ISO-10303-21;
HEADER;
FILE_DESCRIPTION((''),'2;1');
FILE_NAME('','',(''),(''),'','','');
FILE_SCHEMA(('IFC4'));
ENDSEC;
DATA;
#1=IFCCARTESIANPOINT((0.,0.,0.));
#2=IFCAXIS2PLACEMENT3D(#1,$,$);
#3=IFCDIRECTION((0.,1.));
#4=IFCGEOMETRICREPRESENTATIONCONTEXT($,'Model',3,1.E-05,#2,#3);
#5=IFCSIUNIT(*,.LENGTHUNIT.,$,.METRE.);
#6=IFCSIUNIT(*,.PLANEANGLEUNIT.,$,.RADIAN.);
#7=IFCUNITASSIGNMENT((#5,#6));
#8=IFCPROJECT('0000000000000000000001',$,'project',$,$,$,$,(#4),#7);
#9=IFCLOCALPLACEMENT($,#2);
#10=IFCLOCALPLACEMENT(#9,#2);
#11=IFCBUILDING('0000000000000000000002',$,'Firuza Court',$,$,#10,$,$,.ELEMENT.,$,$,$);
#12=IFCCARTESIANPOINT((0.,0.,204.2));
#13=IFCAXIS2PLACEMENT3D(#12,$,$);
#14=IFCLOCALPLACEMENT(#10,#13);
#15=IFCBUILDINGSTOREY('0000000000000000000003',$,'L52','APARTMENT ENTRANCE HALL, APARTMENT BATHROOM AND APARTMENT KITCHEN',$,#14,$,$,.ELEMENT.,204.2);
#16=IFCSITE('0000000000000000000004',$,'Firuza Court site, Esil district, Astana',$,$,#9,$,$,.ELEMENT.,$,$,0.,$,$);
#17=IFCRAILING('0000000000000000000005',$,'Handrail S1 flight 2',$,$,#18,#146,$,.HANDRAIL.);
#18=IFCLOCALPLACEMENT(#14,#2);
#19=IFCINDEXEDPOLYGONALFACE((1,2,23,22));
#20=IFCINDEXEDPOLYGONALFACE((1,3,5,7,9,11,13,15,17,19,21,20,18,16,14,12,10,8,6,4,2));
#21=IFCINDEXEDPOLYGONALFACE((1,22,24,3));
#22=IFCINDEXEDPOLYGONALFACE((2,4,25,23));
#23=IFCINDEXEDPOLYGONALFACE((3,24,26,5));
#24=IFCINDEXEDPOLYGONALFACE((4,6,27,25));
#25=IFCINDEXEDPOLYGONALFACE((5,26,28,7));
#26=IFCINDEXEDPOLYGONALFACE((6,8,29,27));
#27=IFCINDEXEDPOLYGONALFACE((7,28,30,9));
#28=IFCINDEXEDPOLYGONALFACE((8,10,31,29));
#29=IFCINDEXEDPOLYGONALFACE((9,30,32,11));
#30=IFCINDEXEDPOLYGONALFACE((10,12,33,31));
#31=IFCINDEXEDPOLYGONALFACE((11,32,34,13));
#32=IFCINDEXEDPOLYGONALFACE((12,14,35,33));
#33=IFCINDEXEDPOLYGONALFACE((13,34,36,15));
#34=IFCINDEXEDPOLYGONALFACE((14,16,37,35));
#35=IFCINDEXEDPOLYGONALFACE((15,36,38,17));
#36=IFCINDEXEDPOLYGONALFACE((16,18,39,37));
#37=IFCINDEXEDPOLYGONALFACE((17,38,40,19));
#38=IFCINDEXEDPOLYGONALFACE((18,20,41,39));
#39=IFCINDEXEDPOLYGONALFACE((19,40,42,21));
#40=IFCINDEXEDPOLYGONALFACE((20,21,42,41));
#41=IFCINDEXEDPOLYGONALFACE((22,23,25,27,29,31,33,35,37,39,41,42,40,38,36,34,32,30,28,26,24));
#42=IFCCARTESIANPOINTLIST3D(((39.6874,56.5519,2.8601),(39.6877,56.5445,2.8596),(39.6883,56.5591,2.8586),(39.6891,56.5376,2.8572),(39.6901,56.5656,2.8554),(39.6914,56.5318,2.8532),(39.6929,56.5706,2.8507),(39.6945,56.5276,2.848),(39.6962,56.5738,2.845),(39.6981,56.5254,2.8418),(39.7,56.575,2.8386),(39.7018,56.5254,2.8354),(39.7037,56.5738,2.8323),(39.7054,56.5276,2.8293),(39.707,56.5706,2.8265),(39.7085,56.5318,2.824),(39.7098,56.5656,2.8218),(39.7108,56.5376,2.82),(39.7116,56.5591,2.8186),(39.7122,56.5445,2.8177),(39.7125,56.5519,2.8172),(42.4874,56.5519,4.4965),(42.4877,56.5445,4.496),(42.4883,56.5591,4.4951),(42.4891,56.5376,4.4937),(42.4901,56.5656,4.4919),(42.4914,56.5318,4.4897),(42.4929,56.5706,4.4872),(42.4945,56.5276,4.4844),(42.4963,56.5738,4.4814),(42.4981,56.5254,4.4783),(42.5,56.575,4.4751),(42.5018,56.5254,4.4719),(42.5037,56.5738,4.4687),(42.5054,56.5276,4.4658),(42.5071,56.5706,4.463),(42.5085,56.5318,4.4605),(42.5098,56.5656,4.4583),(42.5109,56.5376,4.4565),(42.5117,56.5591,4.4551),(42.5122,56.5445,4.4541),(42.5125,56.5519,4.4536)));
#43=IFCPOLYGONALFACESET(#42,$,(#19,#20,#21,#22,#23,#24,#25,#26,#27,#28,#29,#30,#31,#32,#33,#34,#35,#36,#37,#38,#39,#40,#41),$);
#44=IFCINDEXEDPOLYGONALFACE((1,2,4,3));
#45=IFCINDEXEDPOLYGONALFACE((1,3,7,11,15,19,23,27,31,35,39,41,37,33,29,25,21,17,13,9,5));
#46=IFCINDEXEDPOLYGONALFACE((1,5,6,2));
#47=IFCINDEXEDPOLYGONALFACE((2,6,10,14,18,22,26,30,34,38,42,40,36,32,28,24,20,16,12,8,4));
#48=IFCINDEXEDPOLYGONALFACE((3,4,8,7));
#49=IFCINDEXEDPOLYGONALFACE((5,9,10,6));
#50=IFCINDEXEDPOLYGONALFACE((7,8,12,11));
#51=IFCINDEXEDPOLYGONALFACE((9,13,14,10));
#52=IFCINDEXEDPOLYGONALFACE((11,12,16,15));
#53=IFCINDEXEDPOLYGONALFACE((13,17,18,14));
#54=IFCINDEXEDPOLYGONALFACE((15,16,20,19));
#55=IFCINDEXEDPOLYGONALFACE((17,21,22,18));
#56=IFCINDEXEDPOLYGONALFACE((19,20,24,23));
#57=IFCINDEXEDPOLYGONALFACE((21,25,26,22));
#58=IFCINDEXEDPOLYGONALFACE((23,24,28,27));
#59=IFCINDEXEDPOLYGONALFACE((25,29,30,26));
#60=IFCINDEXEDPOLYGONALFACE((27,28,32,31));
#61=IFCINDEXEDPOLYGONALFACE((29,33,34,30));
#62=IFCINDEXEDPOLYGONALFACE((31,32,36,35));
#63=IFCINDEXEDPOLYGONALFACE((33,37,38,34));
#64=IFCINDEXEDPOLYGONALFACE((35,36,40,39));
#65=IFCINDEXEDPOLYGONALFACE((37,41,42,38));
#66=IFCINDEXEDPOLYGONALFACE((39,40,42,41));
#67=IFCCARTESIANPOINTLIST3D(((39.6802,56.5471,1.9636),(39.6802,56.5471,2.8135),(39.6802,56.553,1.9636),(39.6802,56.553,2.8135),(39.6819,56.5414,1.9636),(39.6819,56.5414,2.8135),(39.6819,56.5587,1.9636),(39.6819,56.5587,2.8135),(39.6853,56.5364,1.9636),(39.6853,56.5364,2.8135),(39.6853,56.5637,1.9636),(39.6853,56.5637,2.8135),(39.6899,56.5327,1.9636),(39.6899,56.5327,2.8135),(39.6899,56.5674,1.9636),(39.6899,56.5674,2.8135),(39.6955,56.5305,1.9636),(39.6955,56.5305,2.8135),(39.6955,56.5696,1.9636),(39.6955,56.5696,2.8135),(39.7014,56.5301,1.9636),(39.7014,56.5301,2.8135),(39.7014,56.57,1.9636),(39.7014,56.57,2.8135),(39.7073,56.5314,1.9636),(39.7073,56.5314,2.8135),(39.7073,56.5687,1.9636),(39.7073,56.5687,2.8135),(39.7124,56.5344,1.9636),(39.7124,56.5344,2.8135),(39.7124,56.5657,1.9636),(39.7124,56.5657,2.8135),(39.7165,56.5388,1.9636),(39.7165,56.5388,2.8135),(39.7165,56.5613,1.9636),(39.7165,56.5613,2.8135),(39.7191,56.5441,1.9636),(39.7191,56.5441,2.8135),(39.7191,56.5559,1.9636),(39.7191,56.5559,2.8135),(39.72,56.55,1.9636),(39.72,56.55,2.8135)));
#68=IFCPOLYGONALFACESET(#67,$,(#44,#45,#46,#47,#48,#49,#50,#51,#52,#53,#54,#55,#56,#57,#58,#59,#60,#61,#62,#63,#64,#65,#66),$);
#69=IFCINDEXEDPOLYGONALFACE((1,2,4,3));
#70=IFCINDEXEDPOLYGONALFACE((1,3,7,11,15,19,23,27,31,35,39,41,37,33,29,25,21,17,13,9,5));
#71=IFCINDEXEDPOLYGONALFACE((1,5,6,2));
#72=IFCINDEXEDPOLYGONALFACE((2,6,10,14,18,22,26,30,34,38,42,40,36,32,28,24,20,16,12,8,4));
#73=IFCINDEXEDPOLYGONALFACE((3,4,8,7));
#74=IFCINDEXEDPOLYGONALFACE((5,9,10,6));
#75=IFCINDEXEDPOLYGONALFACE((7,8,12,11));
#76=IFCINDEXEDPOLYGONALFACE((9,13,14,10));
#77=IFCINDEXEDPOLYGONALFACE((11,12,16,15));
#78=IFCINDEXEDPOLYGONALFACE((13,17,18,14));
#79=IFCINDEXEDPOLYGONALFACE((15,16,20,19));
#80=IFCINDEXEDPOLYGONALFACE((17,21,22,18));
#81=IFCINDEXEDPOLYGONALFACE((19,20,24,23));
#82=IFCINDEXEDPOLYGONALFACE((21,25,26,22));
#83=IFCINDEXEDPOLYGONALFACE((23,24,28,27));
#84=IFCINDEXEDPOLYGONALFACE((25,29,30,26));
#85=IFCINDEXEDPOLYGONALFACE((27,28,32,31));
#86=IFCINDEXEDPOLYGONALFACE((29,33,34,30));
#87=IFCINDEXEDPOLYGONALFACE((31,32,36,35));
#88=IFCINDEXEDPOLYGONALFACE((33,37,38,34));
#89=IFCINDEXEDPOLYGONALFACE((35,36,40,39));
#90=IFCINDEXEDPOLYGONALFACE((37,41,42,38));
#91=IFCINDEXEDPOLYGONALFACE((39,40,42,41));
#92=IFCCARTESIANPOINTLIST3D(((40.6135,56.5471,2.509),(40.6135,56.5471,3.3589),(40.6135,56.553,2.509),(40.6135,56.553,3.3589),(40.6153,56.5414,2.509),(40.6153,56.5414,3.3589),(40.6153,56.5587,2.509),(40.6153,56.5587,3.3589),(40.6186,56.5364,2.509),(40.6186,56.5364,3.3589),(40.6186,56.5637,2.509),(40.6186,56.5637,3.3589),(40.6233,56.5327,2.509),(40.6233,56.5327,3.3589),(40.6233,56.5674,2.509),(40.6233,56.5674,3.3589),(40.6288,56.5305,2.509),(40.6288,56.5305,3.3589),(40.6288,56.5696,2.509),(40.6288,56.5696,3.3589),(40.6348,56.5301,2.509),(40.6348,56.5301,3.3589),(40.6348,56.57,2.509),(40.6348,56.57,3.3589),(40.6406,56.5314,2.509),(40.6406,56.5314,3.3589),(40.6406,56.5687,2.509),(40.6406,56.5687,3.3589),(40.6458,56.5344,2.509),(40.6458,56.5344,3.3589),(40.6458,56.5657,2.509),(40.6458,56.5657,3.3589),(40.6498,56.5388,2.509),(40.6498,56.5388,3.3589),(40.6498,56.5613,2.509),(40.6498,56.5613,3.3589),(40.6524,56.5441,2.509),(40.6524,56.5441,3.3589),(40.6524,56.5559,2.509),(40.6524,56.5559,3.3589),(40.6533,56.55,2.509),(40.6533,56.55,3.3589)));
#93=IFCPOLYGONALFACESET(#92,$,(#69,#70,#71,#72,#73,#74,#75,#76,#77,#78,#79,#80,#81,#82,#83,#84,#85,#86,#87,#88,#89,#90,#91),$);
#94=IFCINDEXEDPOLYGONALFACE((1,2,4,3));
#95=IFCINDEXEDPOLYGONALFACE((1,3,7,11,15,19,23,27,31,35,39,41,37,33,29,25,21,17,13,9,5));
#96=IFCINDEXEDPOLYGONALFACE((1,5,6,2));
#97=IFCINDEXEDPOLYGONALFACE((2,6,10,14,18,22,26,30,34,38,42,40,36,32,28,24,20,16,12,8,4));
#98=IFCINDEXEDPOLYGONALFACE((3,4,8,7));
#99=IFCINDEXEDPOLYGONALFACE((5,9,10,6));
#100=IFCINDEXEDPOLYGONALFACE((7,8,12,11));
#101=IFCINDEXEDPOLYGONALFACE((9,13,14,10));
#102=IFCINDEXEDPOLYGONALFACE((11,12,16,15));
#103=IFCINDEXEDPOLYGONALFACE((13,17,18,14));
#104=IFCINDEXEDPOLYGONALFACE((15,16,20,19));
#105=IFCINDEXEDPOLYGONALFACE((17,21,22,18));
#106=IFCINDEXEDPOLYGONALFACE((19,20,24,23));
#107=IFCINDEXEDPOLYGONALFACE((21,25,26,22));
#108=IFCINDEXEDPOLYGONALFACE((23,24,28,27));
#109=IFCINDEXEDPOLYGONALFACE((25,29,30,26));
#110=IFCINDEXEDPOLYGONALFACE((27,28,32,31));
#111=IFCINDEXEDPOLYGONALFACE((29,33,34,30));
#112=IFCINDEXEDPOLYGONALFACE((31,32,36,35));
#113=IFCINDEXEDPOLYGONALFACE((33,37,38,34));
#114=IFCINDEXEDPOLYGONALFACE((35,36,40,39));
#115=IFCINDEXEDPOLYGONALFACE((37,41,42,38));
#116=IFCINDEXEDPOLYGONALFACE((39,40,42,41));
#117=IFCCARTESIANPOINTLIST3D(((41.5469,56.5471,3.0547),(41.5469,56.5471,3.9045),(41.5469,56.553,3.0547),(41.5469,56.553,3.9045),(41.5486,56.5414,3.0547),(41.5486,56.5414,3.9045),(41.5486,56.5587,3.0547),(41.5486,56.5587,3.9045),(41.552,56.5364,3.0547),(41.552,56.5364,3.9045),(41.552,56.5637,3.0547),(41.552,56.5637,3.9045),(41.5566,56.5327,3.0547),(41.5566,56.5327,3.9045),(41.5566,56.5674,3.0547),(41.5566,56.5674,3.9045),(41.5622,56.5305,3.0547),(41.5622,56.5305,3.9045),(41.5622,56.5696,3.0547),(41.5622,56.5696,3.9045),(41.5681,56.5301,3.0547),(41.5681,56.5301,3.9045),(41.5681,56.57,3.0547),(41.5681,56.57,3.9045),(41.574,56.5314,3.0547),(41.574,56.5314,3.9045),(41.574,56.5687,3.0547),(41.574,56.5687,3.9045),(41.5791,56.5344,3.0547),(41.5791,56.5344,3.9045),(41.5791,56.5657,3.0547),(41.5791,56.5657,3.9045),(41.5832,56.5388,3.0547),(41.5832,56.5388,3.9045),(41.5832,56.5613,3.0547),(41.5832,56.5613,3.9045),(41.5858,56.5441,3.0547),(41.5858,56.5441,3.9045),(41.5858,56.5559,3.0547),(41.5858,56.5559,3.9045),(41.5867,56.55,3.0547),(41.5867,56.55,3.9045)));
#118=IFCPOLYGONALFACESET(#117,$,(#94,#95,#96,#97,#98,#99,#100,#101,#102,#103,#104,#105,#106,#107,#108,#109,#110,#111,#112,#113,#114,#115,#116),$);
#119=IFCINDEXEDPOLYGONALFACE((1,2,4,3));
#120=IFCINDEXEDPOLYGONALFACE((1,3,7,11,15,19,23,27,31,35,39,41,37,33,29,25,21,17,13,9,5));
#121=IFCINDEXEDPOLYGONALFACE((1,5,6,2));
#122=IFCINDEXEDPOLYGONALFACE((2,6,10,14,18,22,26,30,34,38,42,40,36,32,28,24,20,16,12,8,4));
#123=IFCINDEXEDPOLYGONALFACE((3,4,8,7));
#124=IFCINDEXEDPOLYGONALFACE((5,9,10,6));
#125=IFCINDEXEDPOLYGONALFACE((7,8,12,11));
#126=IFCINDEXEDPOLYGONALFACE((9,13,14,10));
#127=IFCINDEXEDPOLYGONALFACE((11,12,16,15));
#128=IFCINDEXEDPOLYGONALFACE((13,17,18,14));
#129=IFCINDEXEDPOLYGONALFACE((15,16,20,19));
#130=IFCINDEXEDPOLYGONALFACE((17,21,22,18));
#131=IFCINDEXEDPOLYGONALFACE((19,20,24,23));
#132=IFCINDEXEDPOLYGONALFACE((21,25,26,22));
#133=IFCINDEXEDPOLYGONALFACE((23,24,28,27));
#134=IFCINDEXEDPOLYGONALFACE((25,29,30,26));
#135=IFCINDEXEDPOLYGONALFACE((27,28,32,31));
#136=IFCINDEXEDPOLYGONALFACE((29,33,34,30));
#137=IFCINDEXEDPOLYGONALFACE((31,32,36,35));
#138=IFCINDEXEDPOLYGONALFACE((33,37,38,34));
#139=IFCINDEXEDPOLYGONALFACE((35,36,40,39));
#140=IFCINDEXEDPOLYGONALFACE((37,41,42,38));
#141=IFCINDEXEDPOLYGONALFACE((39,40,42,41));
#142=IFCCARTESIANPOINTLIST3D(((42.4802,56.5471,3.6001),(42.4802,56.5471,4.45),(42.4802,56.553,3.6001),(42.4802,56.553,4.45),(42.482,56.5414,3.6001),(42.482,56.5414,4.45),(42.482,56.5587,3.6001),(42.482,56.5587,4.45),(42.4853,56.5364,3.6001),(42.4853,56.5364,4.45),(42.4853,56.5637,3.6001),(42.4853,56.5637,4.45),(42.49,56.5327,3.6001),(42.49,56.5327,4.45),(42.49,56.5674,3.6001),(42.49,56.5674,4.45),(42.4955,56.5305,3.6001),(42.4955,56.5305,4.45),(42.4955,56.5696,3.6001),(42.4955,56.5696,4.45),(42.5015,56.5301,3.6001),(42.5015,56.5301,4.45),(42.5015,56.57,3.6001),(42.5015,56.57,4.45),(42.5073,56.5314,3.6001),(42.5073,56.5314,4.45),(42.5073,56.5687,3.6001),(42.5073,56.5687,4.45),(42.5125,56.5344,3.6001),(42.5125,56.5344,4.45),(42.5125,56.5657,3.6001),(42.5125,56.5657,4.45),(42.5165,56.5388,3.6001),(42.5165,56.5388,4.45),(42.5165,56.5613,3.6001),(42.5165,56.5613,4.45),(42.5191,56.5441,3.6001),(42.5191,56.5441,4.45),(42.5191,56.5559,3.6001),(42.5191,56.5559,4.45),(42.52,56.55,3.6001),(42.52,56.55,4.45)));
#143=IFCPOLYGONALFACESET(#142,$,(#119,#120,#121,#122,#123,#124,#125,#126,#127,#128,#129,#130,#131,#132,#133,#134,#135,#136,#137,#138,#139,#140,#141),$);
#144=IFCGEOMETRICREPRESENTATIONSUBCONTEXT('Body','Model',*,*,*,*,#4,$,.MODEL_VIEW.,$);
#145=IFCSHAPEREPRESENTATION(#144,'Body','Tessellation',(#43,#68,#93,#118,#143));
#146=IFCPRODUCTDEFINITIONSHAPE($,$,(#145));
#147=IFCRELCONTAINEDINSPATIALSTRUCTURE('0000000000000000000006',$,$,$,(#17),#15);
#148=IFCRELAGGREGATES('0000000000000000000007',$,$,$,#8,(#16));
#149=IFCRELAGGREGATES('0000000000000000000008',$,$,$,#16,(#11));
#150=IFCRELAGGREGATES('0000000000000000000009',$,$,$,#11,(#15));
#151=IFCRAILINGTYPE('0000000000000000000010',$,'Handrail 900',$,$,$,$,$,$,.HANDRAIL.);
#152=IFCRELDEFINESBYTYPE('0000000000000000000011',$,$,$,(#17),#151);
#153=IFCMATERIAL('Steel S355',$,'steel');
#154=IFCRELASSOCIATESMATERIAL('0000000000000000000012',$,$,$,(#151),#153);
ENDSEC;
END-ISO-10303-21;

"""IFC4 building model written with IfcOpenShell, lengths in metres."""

from ifc_helpers import new_model, si_unit, direction, frame, origin, origin_2d, place, context, subcontext, project, spatial, circle, extrude, material, type_object, element, save


model = new_model("IFC4")

# Units and contexts
model_context = context("Model", 3, precision=1e-05, world=origin(), true_north=direction((0.0, 1.0)))
body_context = subcontext(model_context, "Body", "Model", "MODEL_VIEW")
ifc_project = project(units=[si_unit("LENGTHUNIT", "METRE"), si_unit("PLANEANGLEUNIT", "RADIAN")], contexts=[model_context])

# Site, building, storey
site_placement = place(None, origin())
site = spatial("IfcSite", under=ifc_project, at=site_placement, Name="Firuza Court site, Esil district, Astana", CompositionType="ELEMENT", RefElevation=0.0)
building_placement = place(site_placement, origin())
building = spatial("IfcBuilding", under=site, at=building_placement, Name="Firuza Court", CompositionType="ELEMENT")
storey_placement = place(building_placement, frame((0.0, 0.0, 204.2)))
storey = spatial("IfcBuildingStorey", under=building, at=storey_placement, Name="L52", Description="APARTMENT ENTRANCE HALL, APARTMENT BATHROOM AND APARTMENT KITCHEN", CompositionType="ELEMENT", Elevation=204.2)

# Railing
ifc_material_1 = material(Name="Steel S355", Category="steel")
railing_type_1 = type_object("IfcRailingType", Name="Handrail 900", PredefinedType="HANDRAIL", material=ifc_material_1)
railing_1_placement = place(storey_placement, frame((39.7, 56.55, 1.9636)))
element("IfcRailing", 1, at=railing_1_placement, inside=storey, type_object=railing_type_1, Name="Handrail S1 flight 2", PredefinedType="HANDRAIL", context=body_context, shape_type="SweptSolid", body=[
    extrude(circle(Radius=0.0249, at=origin_2d()), frame((0.0, 0.0, 0.875), z_axis=(0.863361, 0.0, 0.504587), x_axis=(0.0, 1.0, 0.0)), (0.0, 0.0, 1.0), 3.2432),
    extrude(circle(Radius=0.02, at=origin_2d()), origin(), (0.0, 0.0, 1.0), 0.8499),
    extrude(circle(Radius=0.02, at=origin_2d()), frame((0.9333, 0.0, 0.5454)), (0.0, 0.0, 1.0), 0.8499),
    extrude(circle(Radius=0.02, at=origin_2d()), frame((1.8667, 0.0, 1.0911)), (0.0, 0.0, 1.0), 0.8499),
    extrude(circle(Radius=0.02, at=origin_2d()), frame((2.8, 0.0, 1.6365)), (0.0, 0.0, 1.0), 0.8499),
])

save(model, "model.ifc")
